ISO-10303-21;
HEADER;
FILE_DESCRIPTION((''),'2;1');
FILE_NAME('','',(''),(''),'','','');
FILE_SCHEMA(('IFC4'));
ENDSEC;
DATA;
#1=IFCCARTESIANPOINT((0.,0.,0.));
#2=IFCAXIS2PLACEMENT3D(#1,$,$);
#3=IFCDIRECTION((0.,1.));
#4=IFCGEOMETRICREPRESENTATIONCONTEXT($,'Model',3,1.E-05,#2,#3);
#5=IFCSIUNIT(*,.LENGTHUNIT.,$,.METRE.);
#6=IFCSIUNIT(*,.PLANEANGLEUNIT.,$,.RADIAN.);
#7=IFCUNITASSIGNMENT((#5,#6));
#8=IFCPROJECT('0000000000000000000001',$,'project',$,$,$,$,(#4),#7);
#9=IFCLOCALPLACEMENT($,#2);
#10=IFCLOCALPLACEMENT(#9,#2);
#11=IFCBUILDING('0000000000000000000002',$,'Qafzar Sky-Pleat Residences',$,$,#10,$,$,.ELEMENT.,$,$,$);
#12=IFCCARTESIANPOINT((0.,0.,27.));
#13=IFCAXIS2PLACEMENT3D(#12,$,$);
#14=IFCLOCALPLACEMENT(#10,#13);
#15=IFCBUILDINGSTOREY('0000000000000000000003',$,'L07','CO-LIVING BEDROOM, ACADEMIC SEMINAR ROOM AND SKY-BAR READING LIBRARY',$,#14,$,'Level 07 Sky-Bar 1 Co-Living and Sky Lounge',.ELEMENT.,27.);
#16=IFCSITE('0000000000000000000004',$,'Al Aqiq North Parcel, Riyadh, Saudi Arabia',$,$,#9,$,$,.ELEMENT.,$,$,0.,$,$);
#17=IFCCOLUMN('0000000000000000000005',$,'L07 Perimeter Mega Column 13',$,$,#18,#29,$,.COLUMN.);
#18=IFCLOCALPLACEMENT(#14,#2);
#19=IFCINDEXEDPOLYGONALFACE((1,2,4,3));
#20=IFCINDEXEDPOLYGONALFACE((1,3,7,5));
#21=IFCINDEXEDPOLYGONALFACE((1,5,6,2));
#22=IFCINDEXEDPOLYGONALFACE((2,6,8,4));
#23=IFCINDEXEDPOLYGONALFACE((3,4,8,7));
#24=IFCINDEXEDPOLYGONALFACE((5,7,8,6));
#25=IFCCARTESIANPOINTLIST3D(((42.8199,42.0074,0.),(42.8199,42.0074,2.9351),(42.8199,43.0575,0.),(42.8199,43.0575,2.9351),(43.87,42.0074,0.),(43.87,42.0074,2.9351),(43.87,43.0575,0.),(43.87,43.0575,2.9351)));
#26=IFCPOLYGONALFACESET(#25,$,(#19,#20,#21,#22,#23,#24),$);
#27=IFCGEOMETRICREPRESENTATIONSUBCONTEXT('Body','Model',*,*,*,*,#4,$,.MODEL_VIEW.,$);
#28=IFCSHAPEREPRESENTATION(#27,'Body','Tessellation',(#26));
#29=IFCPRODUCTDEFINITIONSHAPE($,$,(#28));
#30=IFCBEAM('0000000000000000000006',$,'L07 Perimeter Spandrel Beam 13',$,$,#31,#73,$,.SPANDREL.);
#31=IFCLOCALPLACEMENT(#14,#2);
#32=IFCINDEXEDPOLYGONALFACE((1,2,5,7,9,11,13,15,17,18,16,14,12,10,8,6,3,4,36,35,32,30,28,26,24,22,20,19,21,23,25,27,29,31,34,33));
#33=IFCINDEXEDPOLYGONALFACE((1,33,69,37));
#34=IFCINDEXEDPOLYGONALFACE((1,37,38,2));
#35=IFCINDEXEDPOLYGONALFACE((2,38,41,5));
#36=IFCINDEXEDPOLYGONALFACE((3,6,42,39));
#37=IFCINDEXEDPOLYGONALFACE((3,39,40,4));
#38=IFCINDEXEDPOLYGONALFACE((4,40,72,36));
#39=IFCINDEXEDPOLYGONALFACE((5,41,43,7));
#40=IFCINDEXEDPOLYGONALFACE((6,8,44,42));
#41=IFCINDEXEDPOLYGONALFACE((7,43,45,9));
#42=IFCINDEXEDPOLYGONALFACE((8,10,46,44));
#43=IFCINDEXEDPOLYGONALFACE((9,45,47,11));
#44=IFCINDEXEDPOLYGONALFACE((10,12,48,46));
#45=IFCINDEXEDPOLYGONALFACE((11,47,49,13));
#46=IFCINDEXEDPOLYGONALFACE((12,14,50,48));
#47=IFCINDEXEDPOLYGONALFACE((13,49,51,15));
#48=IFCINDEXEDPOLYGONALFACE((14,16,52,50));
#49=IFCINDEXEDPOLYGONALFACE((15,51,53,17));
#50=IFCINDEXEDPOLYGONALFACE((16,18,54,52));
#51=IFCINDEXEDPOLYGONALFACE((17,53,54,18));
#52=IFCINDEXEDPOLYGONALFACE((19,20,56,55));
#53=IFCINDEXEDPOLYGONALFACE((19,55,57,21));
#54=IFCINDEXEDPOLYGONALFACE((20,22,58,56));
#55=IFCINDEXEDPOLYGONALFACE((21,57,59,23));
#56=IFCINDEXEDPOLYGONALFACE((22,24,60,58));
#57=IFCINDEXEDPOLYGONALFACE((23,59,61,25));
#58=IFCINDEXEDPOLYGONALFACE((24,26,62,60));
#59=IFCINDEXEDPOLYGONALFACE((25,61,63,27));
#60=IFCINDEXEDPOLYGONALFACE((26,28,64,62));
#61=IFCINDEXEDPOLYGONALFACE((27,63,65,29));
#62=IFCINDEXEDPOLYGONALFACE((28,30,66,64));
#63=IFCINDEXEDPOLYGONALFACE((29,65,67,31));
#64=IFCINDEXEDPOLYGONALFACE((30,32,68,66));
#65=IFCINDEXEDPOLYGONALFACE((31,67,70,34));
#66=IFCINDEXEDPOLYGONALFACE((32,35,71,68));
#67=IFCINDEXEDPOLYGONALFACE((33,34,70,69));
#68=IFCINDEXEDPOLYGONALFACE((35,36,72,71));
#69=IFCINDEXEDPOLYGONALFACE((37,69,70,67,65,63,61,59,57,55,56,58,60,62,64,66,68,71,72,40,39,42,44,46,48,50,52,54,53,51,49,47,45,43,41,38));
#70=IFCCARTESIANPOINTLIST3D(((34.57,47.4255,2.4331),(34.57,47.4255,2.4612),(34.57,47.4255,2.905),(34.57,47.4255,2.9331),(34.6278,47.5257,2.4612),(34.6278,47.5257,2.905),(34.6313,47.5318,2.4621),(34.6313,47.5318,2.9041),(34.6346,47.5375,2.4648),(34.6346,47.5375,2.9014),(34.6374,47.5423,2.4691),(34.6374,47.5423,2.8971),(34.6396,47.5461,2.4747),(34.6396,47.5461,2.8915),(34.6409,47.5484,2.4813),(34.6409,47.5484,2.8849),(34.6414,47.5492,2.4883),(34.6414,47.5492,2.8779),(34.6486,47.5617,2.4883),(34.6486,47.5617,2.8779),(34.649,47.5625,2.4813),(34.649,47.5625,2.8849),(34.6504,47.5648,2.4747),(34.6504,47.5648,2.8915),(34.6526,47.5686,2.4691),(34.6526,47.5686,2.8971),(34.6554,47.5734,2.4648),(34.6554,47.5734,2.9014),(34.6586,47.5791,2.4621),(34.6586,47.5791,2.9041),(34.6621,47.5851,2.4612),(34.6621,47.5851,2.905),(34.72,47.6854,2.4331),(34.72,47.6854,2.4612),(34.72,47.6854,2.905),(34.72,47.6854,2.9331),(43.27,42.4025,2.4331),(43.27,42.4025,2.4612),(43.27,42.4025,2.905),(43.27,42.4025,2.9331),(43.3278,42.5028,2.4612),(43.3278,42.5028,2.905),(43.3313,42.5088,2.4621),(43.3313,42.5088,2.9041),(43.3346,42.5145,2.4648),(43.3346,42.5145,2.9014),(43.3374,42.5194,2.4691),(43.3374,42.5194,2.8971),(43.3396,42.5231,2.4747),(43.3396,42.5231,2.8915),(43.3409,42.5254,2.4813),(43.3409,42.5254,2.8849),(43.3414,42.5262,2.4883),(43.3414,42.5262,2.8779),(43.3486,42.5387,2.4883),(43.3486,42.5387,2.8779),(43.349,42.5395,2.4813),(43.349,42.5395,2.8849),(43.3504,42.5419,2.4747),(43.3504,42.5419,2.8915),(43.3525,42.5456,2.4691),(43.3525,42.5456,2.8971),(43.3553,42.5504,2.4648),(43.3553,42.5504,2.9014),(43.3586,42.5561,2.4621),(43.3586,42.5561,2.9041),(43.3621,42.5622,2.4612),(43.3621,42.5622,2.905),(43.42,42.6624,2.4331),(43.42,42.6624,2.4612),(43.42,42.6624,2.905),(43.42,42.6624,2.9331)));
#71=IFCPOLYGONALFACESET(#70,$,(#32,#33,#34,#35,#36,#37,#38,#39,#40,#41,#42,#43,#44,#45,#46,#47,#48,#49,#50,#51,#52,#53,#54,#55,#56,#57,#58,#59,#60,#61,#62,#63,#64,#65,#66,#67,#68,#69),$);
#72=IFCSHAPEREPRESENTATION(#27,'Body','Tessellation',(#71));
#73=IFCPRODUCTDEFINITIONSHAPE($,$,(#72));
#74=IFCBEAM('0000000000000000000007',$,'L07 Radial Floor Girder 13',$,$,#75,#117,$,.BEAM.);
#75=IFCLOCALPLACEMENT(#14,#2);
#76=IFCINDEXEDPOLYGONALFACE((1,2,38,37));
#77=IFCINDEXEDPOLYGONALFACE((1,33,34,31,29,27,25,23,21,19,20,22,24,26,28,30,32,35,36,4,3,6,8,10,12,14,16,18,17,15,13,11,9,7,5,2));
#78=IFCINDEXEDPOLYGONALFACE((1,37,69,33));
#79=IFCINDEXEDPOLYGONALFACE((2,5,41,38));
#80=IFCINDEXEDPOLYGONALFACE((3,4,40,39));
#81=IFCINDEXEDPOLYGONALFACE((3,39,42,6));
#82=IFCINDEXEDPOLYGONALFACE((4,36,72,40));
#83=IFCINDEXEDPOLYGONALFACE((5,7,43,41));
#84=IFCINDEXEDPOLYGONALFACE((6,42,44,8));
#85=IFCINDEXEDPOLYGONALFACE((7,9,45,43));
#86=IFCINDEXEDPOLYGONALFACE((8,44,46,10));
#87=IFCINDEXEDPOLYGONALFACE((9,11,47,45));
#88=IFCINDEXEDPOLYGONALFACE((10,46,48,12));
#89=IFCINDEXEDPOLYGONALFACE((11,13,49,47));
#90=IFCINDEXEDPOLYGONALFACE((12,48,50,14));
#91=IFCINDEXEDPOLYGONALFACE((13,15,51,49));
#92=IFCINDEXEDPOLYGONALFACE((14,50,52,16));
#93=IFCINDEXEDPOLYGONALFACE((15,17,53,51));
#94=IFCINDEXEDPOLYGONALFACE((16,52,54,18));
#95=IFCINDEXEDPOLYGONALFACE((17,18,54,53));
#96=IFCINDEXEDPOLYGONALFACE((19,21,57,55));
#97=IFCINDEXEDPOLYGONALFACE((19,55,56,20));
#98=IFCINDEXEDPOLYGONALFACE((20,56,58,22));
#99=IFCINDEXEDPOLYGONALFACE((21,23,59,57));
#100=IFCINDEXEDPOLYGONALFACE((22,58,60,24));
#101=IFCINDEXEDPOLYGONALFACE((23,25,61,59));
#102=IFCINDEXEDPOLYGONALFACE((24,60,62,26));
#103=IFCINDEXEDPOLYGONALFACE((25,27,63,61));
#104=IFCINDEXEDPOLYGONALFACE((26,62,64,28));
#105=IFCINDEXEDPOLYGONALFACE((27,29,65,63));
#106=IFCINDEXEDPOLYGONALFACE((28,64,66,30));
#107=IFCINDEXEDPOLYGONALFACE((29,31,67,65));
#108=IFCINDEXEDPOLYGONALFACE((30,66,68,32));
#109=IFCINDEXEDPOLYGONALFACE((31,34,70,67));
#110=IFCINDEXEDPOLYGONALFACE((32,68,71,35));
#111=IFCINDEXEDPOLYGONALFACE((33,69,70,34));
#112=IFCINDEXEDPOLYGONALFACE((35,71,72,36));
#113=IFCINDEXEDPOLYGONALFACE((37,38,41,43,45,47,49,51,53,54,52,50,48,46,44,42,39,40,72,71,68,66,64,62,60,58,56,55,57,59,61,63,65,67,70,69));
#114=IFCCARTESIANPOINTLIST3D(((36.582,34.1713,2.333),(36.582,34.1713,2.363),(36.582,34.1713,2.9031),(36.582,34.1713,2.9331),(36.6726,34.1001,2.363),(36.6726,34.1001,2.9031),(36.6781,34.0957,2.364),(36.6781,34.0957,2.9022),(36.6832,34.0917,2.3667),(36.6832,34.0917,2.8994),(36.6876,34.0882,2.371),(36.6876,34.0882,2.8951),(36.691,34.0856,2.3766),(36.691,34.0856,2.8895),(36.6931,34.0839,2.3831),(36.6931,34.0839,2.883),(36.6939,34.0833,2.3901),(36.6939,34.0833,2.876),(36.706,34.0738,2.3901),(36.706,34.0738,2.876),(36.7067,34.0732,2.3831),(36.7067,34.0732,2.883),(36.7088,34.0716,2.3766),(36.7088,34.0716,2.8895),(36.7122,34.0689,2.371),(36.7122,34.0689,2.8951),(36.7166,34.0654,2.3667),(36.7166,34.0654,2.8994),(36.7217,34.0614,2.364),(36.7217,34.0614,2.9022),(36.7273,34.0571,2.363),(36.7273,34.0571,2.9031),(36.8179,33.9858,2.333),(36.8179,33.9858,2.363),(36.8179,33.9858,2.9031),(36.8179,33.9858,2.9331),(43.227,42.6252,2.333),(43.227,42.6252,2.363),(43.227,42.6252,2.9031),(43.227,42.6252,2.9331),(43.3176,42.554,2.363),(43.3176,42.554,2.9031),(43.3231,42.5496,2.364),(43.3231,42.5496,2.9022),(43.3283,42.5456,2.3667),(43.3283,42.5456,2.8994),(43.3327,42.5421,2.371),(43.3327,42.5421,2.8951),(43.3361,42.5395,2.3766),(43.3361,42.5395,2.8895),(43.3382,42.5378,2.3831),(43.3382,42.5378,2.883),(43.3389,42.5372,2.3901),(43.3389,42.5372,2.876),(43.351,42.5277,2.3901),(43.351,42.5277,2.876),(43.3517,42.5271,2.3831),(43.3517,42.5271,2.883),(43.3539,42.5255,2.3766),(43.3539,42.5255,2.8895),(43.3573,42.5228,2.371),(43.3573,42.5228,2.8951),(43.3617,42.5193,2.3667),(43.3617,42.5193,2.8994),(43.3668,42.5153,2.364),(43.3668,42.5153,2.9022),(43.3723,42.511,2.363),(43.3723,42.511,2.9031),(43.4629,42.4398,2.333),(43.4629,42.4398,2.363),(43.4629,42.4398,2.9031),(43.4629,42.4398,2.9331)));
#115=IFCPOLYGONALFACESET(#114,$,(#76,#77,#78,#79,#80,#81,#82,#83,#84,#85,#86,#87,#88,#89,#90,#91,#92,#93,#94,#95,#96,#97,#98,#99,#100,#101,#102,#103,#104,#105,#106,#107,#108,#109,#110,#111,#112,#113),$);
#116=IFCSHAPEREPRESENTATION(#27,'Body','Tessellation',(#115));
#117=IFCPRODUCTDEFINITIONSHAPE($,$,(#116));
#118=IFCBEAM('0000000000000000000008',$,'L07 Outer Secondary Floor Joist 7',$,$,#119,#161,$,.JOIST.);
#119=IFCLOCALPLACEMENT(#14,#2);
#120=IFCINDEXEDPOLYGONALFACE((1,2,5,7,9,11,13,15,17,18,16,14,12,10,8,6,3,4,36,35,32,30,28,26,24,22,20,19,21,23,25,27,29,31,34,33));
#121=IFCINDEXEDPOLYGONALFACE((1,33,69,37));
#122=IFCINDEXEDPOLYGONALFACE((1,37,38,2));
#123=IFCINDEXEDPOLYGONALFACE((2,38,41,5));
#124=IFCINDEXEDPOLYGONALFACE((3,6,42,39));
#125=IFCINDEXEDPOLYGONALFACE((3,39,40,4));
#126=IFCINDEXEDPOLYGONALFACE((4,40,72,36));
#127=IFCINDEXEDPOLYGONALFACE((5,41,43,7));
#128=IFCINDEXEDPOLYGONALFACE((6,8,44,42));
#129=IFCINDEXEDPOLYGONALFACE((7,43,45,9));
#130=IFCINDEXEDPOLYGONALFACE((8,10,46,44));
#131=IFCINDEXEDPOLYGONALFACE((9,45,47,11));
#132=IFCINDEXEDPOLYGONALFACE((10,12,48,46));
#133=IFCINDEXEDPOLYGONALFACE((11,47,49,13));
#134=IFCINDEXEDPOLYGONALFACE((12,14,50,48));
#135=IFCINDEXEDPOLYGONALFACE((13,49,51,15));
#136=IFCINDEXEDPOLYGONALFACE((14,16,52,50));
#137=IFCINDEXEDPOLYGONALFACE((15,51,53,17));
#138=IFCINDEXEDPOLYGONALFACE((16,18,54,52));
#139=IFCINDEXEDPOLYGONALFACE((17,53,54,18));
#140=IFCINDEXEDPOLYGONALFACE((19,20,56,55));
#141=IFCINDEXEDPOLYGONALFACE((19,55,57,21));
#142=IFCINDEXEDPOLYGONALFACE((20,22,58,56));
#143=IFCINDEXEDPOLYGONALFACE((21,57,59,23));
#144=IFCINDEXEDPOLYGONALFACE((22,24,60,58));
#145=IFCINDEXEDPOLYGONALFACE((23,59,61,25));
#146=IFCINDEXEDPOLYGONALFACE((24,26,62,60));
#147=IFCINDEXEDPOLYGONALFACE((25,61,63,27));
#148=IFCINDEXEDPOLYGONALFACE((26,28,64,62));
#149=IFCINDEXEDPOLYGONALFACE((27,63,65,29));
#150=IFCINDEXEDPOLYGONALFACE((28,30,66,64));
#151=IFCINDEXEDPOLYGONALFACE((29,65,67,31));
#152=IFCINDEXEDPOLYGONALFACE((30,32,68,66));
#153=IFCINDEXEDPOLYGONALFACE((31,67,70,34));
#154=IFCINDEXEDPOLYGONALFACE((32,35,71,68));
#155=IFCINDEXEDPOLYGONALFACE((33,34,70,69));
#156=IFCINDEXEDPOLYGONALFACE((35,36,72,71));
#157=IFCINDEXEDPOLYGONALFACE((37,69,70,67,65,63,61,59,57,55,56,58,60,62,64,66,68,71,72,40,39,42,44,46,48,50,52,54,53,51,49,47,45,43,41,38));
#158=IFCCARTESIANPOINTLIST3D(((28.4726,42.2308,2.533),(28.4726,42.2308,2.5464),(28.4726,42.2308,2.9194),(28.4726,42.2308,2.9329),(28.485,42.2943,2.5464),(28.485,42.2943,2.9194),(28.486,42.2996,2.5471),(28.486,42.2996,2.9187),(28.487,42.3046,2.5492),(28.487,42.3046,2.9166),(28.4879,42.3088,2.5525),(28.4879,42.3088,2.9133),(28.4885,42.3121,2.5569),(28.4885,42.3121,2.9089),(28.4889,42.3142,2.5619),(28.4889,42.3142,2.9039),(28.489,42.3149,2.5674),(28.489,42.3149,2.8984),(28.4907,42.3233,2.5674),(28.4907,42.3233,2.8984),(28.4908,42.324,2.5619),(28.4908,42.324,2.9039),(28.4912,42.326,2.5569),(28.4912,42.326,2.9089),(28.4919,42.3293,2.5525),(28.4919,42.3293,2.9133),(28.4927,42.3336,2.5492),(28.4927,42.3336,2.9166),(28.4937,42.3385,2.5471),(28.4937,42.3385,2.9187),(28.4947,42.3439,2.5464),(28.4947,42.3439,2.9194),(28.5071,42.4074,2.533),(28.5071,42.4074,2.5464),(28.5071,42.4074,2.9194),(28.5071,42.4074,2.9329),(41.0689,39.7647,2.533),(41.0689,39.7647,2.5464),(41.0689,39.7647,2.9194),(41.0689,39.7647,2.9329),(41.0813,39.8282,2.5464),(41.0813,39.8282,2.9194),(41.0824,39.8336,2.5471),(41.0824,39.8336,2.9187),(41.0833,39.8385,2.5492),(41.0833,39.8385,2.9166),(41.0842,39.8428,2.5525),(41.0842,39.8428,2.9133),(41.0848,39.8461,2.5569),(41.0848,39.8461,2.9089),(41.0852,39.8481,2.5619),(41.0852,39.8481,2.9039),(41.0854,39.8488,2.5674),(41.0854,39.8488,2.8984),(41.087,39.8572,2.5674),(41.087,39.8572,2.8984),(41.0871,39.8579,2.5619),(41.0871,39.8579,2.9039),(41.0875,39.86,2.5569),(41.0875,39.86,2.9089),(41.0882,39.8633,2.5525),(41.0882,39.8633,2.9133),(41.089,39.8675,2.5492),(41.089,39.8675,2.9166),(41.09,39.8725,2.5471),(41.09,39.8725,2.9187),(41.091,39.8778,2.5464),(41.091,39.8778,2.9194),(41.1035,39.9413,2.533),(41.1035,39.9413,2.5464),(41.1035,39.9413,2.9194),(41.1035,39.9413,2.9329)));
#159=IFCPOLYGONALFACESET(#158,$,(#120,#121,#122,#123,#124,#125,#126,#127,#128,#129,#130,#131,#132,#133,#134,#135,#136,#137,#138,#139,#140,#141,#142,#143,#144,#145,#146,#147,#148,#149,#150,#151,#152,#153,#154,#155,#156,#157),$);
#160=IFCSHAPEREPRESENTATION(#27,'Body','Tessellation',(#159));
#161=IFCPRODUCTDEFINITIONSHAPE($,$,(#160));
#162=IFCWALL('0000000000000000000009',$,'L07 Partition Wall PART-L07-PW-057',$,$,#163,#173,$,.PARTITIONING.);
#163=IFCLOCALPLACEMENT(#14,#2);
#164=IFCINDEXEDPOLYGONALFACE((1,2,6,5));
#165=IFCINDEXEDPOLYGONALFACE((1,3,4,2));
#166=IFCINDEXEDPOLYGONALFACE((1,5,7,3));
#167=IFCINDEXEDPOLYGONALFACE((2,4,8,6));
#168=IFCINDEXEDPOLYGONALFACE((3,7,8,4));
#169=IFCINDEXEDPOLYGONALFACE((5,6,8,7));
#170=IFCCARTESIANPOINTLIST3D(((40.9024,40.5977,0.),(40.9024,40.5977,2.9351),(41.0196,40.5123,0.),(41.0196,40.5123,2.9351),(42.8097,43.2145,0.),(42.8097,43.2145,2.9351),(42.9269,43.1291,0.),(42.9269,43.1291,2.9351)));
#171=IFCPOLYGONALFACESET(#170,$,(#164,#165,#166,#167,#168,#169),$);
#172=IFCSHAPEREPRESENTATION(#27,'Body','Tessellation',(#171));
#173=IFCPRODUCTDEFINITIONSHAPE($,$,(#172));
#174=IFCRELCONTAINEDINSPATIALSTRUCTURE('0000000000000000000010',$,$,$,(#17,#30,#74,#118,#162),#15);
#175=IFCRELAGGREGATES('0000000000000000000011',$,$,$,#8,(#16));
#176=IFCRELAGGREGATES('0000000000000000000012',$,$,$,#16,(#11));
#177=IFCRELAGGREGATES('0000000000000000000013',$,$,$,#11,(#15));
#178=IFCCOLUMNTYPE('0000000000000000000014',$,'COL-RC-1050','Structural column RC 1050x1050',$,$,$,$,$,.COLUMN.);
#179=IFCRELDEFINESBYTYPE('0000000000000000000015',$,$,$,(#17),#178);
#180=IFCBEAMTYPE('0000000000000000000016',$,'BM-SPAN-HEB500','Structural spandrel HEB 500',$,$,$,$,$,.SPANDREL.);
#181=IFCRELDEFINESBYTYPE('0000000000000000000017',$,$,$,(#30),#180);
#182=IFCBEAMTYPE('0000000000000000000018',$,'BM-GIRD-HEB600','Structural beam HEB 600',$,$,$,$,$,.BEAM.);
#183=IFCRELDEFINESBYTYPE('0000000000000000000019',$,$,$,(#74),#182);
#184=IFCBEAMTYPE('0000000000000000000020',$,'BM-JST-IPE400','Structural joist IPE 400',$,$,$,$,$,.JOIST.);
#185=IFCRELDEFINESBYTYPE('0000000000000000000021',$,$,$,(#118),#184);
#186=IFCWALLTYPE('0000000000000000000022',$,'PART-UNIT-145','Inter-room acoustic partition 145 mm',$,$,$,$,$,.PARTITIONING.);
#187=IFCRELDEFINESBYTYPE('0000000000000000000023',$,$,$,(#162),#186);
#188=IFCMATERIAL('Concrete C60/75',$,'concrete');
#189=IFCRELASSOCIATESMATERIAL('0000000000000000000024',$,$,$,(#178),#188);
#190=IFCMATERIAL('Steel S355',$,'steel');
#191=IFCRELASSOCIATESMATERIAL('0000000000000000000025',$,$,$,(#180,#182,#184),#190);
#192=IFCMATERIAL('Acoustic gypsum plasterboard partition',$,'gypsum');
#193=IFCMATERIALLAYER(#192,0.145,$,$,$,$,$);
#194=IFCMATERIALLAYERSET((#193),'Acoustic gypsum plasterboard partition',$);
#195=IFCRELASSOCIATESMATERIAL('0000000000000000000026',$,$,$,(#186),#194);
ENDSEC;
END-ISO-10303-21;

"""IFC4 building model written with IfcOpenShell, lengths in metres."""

from ifc_helpers import new_model, si_unit, direction, frame, frame_2d, origin, origin_2d, place, context, subcontext, project, spatial, rectangle, i_section, extrude, source, transform, mapped, material, layer, layer_set, material_profile, profile_set, type_object, element, save


model = new_model("IFC4")

# Units and contexts
model_context = context("Model", 3, precision=1e-05, world=origin(), true_north=direction((0.0, 1.0)))
body_context = subcontext(model_context, "Body", "Model", "MODEL_VIEW")
ifc_project = project(units=[si_unit("LENGTHUNIT", "METRE"), si_unit("PLANEANGLEUNIT", "RADIAN")], contexts=[model_context])

# Site, building, storey
site_placement = place(None, origin())
site = spatial("IfcSite", under=ifc_project, at=site_placement, Name="Al Aqiq North Parcel, Riyadh, Saudi Arabia", CompositionType="ELEMENT", RefElevation=0.0)
building_placement = place(site_placement, origin())
building = spatial("IfcBuilding", under=site, at=building_placement, Name="Qafzar Sky-Pleat Residences", CompositionType="ELEMENT")
storey_placement = place(building_placement, frame((0.0, 0.0, 27.0)))
storey = spatial("IfcBuildingStorey", under=building, at=storey_placement, Name="L07", Description="CO-LIVING BEDROOM, ACADEMIC SEMINAR ROOM AND SKY-BAR READING LIBRARY", LongName="Level 07 Sky-Bar 1 Co-Living and Sky Lounge", CompositionType="ELEMENT", Elevation=27.0)

# Column
ifc_material_1 = material(Name="Concrete C60/75", Category="concrete")
ifc_material_profile_1 = material_profile(ifc_material_1, rectangle(XDim=1.05, YDim=1.05, at=origin_2d()), Name="RC 1050x1050")
ifc_profile_set_1 = profile_set([ifc_material_profile_1], Name="Concrete C60/75")
column_type = type_object("IfcColumnType", Name="COL-RC-1050", Description="Structural column RC 1050x1050", PredefinedType="COLUMN", material=ifc_profile_set_1)
shared_shape_1 = source(origin(), body_context, "Body", "SweptSolid", [
    extrude(rectangle(XDim=1.05, YDim=1.05, at=origin_2d()), origin(), (0.0, 0.0, 1.0), 2.9351),
])
column_placement = place(storey_placement, frame((43.345, 42.5325, 0.0), z_axis=(0.0, 0.0, 1.0), x_axis=(1.0, 0.0, 0.0)))
element("IfcColumn", 1, at=column_placement, inside=storey, type_object=column_type, Name="L07 Perimeter Mega Column 13", PredefinedType="COLUMN", context=body_context, shape_type="MappedRepresentation", body=[
    mapped(shared_shape_1, transform((0.0, 0.0, 0.0), x_axis=(1.0, 0.0, 0.0), y_axis=(0.0, 1.0, 0.0), z_axis=(0.0, 0.0, 1.0), scale=1.0)),
])

# Beams
ifc_material_2 = material(Name="Steel S355", Category="steel")
ifc_material_profile_2 = material_profile(ifc_material_2, i_section(OverallWidth=0.3, OverallDepth=0.5, WebThickness=0.0144, FlangeThickness=0.0281, FilletRadius=0.0271, at=origin_2d()), Name="HEB 500")
ifc_profile_set_2 = profile_set([ifc_material_profile_2], Name="Steel S355")
beam_type_1 = type_object("IfcBeamType", Name="BM-SPAN-HEB500", Description="Structural spandrel HEB 500", PredefinedType="SPANDREL", material=ifc_profile_set_2)
shared_shape_2 = source(origin(), body_context, "Body", "SweptSolid", [
    extrude(i_section(OverallWidth=0.3, OverallDepth=0.5, WebThickness=0.0144, FlangeThickness=0.0281, FilletRadius=0.0271, at=origin_2d()), origin(), (0.0, 0.0, 1.0), 10.0459),
])
beam_1_placement = place(storey_placement, frame((43.345, 42.5325, 2.6831), z_axis=(-0.866024, 0.500002, 0.0), x_axis=(-0.500002, -0.866024, 0.0)))
element("IfcBeam", 2, at=beam_1_placement, inside=storey, type_object=beam_type_1, Name="L07 Perimeter Spandrel Beam 13", PredefinedType="SPANDREL", context=body_context, shape_type="MappedRepresentation", body=[
    mapped(shared_shape_2, transform((0.0, 0.0, 0.0), x_axis=(1.0, 0.0, 0.0), y_axis=(0.0, 1.0, 0.0), z_axis=(0.0, 0.0, 1.0), scale=1.0)),
])
ifc_material_profile_3 = material_profile(ifc_material_2, i_section(OverallWidth=0.3, OverallDepth=0.6001, WebThickness=0.0154, FlangeThickness=0.03, FilletRadius=0.0271, at=origin_2d()), Name="HEB 600")
ifc_profile_set_3 = profile_set([ifc_material_profile_3], Name="Steel S355")
beam_type_2 = type_object("IfcBeamType", Name="BM-GIRD-HEB600", Description="Structural beam HEB 600", PredefinedType="BEAM", material=ifc_profile_set_3)
shared_shape_3 = source(origin(), body_context, "Body", "SweptSolid", [
    extrude(i_section(OverallWidth=0.3, OverallDepth=0.6001, WebThickness=0.0154, FlangeThickness=0.03, FilletRadius=0.0271, at=origin_2d()), origin(), (0.0, 0.0, 1.0), 10.7529),
])
beam_2_placement = place(storey_placement, frame((43.345, 42.5325, 2.6331), z_axis=(-0.617977, -0.786196, 0.0), x_axis=(0.786196, -0.617977, 0.0)))
element("IfcBeam", 3, at=beam_2_placement, inside=storey, type_object=beam_type_2, Name="L07 Radial Floor Girder 13", PredefinedType="BEAM", context=body_context, shape_type="MappedRepresentation", body=[
    mapped(shared_shape_3, transform((0.0, 0.0, 0.0), x_axis=(1.0, 0.0, 0.0), y_axis=(0.0, 1.0, 0.0), z_axis=(0.0, 0.0, 1.0), scale=1.0)),
])
ifc_material_profile_4 = material_profile(ifc_material_2, i_section(OverallWidth=0.1799, OverallDepth=0.3999, WebThickness=0.0085, FlangeThickness=0.0134, FilletRadius=0.021, at=origin_2d()), Name="IPE 400")
ifc_profile_set_4 = profile_set([ifc_material_profile_4], Name="Steel S355")
beam_type_3 = type_object("IfcBeamType", Name="BM-JST-IPE400", Description="Structural joist IPE 400", PredefinedType="JOIST", material=ifc_profile_set_4)
shared_shape_4 = source(origin(), body_context, "Body", "SweptSolid", [
    extrude(i_section(OverallWidth=0.1799, OverallDepth=0.3999, WebThickness=0.0085, FlangeThickness=0.0134, FilletRadius=0.021, at=origin_2d()), origin(), (0.0, 0.0, 1.0), 12.8354),
])
beam_3_placement = place(storey_placement, frame((41.0862, 39.853, 2.7329), z_axis=(-0.98137, 0.192127, 0.0), x_axis=(-0.192127, -0.98137, 0.0)))
element("IfcBeam", 4, at=beam_3_placement, inside=storey, type_object=beam_type_3, Name="L07 Outer Secondary Floor Joist 7", PredefinedType="JOIST", context=body_context, shape_type="MappedRepresentation", body=[
    mapped(shared_shape_4, transform((0.0, 0.0, 0.0), x_axis=(1.0, 0.0, 0.0), y_axis=(0.0, 1.0, 0.0), z_axis=(0.0, 0.0, 1.0), scale=1.0)),
])

# Wall
ifc_material_3 = material(Name="Acoustic gypsum plasterboard partition", Category="gypsum")
ifc_layer_1 = layer(ifc_material_3, 0.145)
ifc_layer_set_1 = layer_set([ifc_layer_1], Name="Acoustic gypsum plasterboard partition")
wall_type_1 = type_object("IfcWallType", Name="PART-UNIT-145", Description="Inter-room acoustic partition 145 mm", PredefinedType="PARTITIONING", material=ifc_layer_set_1)
wall_1_placement = place(storey_placement, frame((40.9609, 40.5549, 0.0), z_axis=(0.0, 0.0, 1.0), x_axis=(0.589014, 0.808123, 0.0)))
element("IfcWall", 5, at=wall_1_placement, inside=storey, type_object=wall_type_1, Name="L07 Partition Wall PART-L07-PW-057", PredefinedType="PARTITIONING", context=body_context, shape_type="SweptSolid", body=[
    extrude(rectangle(XDim=3.238, YDim=0.145, at=frame_2d((1.6191, 0.0))), origin(), (0.0, 0.0, 1.0), 2.9351),
])

save(model, "model.ifc")
